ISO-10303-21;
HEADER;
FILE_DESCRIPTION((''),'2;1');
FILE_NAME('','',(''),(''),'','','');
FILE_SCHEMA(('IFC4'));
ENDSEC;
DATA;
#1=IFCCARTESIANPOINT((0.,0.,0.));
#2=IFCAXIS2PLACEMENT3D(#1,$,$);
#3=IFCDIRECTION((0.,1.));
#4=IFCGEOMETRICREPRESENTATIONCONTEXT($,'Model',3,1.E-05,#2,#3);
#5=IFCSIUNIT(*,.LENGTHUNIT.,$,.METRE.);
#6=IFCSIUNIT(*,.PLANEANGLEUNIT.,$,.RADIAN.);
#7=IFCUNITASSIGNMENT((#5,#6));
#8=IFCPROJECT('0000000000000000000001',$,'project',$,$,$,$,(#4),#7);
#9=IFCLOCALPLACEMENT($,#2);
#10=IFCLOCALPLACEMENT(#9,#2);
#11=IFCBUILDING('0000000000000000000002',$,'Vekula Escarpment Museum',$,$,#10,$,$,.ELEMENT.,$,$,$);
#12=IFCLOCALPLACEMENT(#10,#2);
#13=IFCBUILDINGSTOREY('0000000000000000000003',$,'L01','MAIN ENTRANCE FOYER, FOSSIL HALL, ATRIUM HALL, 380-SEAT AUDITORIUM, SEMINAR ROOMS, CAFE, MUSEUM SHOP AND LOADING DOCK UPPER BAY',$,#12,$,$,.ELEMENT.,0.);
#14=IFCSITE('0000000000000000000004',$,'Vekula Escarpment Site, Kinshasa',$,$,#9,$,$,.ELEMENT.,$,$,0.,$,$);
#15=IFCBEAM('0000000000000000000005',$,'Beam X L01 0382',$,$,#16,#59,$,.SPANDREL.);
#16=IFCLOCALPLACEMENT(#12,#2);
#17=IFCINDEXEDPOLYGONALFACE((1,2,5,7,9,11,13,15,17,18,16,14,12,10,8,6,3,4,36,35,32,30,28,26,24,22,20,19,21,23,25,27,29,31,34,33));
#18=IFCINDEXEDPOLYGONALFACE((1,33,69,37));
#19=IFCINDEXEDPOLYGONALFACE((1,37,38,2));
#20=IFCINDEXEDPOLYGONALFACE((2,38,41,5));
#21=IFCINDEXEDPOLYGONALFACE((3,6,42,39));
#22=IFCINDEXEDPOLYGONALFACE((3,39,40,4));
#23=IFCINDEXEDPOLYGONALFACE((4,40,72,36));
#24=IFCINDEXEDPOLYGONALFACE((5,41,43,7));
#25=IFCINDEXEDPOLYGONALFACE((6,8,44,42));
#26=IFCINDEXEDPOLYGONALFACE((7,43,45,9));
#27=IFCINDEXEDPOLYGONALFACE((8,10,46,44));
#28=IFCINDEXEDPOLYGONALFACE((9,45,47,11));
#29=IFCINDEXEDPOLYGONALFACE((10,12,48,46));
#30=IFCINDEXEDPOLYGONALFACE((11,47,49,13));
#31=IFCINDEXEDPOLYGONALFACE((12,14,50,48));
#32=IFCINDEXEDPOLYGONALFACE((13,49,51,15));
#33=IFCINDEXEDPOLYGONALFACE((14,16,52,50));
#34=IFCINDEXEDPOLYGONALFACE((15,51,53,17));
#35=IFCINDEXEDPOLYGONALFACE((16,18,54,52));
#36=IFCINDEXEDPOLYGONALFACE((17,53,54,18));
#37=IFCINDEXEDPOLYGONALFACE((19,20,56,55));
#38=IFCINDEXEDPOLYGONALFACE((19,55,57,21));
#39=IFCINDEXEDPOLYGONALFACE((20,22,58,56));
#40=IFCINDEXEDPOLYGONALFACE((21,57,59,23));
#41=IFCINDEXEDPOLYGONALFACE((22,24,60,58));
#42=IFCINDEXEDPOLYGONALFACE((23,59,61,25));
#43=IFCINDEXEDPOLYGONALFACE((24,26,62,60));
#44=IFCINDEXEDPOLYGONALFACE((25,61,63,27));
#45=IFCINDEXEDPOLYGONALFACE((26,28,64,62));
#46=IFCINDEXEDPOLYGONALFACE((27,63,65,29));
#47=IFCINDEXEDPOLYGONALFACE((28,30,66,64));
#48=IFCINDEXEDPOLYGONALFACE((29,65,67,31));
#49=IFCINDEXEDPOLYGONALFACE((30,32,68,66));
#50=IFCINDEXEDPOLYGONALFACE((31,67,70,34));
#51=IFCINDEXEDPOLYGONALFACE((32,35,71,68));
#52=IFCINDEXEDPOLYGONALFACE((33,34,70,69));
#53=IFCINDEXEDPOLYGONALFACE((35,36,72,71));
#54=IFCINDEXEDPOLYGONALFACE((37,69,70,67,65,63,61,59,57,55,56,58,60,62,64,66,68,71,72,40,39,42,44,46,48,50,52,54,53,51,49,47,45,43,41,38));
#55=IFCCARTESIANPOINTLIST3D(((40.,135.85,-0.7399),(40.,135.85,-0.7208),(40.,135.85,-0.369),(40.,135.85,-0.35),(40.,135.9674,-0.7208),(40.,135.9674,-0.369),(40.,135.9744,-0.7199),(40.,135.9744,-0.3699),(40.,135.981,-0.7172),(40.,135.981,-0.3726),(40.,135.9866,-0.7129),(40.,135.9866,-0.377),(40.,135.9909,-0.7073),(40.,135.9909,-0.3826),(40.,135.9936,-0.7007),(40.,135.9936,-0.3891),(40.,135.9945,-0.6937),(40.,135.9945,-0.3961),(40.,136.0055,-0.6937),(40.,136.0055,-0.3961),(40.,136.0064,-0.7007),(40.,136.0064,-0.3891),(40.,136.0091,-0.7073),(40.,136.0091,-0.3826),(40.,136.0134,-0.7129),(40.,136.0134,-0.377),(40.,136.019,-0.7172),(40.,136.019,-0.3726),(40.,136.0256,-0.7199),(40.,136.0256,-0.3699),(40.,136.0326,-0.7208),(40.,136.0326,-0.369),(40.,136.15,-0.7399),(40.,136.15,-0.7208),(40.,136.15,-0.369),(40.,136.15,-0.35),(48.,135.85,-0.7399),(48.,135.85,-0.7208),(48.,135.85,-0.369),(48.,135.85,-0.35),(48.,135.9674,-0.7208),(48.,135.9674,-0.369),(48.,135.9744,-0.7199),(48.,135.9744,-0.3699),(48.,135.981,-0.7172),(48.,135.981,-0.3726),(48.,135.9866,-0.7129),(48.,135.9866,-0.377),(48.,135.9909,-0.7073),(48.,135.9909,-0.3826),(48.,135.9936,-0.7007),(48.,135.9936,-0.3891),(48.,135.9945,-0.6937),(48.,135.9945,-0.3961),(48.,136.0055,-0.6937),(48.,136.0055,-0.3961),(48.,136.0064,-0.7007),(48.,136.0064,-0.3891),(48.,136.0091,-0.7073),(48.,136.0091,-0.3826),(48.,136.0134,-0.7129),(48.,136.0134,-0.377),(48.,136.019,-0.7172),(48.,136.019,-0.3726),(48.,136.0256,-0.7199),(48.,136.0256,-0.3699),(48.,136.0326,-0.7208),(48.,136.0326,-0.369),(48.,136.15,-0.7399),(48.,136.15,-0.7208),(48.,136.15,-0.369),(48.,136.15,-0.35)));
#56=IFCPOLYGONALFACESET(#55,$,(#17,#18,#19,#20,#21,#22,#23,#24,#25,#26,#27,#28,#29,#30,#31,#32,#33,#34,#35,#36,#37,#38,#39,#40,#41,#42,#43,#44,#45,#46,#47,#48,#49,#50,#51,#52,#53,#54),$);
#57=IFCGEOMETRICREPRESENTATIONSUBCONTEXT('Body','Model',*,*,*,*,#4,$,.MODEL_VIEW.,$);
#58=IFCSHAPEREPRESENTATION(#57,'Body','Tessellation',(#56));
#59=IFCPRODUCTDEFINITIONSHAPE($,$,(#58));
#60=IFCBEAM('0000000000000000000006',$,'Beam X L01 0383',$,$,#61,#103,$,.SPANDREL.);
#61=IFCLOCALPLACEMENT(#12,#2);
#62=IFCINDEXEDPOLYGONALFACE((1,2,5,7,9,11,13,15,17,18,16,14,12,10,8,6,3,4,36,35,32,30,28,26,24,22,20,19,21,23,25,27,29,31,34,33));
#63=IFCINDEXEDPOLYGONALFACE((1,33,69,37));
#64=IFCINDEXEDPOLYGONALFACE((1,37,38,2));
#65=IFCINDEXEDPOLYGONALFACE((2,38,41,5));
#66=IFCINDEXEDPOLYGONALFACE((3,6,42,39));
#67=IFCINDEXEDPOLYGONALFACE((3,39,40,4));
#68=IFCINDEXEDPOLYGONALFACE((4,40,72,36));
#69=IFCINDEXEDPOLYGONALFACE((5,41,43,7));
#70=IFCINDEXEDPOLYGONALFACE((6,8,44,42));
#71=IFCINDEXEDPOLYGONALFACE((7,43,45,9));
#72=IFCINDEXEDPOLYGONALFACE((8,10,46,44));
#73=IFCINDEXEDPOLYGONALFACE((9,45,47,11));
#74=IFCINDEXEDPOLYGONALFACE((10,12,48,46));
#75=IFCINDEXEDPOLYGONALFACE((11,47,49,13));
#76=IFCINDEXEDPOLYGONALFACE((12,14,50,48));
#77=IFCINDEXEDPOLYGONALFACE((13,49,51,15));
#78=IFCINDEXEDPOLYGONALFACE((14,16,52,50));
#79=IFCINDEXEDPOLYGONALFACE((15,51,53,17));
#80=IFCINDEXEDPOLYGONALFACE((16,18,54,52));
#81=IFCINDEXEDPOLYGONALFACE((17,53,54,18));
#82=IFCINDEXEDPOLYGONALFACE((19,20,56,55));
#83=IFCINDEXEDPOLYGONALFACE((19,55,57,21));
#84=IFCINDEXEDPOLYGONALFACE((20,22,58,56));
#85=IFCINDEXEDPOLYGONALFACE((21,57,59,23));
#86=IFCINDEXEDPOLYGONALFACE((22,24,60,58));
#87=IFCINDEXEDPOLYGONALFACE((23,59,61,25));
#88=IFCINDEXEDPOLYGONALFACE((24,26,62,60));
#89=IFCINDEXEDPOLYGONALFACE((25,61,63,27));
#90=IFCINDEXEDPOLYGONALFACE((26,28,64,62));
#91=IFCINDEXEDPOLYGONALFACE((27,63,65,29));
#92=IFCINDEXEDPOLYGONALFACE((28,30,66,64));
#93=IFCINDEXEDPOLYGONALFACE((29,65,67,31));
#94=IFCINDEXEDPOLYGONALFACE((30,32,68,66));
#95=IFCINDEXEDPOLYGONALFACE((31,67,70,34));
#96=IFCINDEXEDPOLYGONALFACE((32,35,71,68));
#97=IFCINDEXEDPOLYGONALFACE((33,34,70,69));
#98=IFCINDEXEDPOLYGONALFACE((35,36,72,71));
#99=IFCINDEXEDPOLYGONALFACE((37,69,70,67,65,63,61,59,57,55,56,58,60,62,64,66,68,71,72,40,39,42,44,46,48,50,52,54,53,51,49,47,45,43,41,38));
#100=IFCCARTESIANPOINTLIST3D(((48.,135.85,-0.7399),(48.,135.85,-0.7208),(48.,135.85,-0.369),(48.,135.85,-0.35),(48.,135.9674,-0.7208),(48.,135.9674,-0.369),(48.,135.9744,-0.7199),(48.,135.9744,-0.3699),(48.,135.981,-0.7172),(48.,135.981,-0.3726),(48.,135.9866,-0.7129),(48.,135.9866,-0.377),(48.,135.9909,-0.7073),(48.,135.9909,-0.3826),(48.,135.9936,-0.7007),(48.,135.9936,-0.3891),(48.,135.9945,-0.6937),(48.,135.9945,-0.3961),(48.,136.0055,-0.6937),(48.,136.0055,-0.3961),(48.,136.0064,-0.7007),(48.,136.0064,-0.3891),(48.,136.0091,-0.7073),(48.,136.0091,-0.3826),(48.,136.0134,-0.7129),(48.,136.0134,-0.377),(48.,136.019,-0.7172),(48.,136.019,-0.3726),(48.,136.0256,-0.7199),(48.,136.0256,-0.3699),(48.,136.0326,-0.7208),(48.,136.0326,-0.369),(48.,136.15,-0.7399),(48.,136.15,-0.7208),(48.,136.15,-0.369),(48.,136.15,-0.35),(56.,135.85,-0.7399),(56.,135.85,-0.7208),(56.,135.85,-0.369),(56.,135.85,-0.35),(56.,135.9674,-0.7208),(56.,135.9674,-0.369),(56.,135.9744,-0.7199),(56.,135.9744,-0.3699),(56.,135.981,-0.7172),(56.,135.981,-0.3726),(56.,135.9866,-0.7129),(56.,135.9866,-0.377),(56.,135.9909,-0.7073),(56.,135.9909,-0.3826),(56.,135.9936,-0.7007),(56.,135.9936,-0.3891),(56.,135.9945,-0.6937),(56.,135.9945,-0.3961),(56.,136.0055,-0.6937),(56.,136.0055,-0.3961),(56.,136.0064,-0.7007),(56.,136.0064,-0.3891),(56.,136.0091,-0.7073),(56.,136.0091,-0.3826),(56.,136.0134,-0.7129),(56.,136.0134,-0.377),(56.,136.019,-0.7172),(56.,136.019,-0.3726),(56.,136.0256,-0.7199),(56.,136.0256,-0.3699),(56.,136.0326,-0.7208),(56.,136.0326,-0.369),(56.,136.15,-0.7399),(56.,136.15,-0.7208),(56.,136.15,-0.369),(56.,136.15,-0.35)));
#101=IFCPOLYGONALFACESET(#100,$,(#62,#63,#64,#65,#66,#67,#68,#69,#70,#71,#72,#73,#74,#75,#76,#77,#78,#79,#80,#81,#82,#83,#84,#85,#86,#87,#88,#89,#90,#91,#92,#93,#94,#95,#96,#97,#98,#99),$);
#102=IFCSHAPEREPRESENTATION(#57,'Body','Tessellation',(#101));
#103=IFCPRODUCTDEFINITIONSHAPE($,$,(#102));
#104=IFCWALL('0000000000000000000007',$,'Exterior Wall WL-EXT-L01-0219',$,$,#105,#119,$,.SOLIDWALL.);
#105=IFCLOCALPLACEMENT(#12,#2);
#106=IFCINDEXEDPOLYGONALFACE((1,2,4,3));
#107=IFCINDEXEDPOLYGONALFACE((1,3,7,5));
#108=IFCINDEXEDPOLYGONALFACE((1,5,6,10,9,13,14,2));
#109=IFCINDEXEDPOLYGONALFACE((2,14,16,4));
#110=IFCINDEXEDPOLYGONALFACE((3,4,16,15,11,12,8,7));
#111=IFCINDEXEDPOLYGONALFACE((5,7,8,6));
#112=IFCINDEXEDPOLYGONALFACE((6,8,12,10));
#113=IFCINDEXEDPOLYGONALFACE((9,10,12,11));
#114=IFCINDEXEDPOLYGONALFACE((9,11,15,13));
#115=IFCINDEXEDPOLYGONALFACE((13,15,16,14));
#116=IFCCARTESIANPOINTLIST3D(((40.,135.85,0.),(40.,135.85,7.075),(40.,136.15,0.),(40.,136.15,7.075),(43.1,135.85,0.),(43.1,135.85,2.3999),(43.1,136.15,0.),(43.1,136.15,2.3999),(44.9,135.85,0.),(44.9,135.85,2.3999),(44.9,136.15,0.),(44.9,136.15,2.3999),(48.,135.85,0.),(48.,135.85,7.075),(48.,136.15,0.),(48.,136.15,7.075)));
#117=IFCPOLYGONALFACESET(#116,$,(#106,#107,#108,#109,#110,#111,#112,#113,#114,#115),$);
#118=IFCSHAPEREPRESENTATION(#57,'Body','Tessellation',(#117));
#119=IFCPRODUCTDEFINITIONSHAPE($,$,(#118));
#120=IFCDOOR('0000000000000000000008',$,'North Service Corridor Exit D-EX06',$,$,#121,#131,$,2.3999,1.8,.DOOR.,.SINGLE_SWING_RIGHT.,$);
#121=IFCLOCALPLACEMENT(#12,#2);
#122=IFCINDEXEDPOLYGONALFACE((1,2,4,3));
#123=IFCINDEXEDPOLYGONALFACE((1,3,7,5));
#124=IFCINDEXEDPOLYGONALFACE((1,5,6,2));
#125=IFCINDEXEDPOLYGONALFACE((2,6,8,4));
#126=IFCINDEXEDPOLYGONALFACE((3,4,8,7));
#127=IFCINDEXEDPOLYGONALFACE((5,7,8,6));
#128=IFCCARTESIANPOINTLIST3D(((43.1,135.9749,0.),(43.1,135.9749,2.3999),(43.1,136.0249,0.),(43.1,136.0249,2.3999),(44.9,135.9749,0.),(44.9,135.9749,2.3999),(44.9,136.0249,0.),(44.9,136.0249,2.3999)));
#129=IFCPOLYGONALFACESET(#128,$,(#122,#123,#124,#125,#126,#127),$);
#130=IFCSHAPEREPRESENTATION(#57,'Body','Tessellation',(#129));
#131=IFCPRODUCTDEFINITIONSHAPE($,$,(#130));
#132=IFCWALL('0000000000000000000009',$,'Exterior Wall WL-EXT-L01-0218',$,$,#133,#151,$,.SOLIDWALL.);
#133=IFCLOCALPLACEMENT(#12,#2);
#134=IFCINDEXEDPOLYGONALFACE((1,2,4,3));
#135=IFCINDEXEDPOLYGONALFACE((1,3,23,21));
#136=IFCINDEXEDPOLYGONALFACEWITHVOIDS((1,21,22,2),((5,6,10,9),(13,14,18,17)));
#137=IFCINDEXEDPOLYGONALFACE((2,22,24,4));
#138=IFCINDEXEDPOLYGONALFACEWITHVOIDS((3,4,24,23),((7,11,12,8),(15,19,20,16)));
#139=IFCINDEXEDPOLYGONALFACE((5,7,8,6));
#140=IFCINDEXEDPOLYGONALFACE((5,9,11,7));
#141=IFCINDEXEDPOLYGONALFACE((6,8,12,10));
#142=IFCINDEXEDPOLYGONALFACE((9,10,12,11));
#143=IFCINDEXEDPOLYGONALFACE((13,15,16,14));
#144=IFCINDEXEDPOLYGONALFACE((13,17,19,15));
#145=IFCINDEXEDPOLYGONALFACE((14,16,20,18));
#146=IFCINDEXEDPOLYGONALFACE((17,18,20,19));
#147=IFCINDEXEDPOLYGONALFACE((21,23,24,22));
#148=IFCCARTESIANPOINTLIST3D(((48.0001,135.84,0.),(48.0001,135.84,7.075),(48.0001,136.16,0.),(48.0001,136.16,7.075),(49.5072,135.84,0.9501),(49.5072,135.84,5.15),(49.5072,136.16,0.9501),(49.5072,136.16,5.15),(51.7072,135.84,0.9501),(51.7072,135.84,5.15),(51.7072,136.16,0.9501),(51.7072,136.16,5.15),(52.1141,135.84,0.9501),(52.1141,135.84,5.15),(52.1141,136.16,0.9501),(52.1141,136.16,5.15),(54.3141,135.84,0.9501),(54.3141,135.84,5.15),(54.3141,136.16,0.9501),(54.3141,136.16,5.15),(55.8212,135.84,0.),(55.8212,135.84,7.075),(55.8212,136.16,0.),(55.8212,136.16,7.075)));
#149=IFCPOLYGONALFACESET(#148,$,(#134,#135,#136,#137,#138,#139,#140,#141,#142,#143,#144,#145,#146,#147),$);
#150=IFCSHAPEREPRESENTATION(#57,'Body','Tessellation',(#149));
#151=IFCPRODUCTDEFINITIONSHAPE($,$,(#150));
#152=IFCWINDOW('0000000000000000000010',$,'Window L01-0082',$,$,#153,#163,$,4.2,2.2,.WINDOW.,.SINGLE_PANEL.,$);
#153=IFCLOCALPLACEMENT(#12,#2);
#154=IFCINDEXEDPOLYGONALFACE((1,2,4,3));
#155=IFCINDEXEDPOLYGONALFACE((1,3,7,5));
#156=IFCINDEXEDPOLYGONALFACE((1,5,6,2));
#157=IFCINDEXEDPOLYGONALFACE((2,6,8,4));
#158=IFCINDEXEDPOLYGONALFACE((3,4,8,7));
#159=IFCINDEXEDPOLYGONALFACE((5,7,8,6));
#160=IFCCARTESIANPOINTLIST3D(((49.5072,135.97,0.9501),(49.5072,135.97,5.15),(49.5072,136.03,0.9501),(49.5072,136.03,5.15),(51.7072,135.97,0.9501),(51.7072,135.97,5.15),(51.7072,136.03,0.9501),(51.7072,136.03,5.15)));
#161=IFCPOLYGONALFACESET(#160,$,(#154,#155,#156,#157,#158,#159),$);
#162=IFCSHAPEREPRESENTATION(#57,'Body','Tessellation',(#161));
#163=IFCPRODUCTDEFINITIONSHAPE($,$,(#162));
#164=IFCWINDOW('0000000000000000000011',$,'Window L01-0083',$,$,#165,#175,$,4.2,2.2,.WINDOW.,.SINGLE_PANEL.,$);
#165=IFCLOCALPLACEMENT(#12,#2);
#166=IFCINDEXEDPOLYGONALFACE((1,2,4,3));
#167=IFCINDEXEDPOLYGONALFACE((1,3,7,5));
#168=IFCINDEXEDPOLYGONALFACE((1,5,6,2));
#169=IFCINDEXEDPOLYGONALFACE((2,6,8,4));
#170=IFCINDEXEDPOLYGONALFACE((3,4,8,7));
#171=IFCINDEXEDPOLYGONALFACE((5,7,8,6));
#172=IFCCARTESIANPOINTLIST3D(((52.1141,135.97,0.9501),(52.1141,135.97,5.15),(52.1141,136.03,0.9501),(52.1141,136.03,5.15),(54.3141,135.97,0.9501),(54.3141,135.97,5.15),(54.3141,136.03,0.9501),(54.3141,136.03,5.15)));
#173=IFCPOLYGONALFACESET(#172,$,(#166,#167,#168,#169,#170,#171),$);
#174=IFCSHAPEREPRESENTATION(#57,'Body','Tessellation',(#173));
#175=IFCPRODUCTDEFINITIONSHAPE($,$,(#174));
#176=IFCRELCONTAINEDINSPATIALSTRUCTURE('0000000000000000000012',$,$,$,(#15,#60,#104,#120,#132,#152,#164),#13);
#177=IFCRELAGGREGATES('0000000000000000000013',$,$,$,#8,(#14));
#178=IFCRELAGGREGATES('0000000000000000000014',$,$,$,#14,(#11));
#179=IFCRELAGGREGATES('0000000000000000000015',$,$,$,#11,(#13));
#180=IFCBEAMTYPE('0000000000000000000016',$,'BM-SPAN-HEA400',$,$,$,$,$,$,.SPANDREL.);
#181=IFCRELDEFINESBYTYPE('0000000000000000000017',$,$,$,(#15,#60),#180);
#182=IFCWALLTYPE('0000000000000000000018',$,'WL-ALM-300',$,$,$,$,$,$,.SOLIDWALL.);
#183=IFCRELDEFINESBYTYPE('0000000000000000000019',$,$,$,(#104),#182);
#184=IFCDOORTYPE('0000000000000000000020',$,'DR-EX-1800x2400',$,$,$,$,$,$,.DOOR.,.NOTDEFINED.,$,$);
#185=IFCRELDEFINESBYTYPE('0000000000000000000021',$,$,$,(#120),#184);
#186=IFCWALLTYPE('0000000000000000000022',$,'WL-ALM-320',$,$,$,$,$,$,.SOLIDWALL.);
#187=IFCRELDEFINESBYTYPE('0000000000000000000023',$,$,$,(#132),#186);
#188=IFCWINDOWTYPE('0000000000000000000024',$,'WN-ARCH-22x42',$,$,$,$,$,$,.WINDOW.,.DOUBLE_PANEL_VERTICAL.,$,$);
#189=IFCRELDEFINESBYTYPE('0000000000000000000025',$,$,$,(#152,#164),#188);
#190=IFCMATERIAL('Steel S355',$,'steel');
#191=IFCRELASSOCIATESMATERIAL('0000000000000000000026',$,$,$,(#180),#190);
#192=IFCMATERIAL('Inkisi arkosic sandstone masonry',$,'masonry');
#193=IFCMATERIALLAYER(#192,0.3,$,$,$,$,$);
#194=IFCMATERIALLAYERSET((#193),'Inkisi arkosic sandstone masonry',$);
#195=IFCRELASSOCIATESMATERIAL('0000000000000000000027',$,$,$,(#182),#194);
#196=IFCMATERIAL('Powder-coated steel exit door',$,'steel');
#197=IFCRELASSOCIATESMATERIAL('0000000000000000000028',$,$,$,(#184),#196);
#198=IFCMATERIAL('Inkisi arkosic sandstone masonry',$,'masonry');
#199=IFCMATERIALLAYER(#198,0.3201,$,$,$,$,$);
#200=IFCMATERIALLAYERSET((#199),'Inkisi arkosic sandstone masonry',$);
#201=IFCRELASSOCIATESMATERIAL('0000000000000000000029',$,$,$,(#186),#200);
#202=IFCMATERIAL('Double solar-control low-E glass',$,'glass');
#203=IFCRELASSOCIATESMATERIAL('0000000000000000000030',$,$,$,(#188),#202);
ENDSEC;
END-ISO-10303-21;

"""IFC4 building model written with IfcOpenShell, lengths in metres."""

from ifc_helpers import new_model, si_unit, direction, frame, frame_2d, origin, origin_2d, place, context, subcontext, project, spatial, rectangle, i_section, extrude, material, layer, layer_set, material_profile, profile_set, type_object, element, fill, save


model = new_model("IFC4")

# Units and contexts
model_context = context("Model", 3, precision=1e-05, world=origin(), true_north=direction((0.0, 1.0)))
body_context = subcontext(model_context, "Body", "Model", "MODEL_VIEW")
ifc_project = project(units=[si_unit("LENGTHUNIT", "METRE"), si_unit("PLANEANGLEUNIT", "RADIAN")], contexts=[model_context])

# Site, building, storey
site_placement = place(None, origin())
site = spatial("IfcSite", under=ifc_project, at=site_placement, Name="Vekula Escarpment Site, Kinshasa", CompositionType="ELEMENT", RefElevation=0.0)
building_placement = place(site_placement, origin())
building = spatial("IfcBuilding", under=site, at=building_placement, Name="Vekula Escarpment Museum", CompositionType="ELEMENT")
storey_placement = place(building_placement, origin())
storey = spatial("IfcBuildingStorey", under=building, at=storey_placement, Name="L01", Description="MAIN ENTRANCE FOYER, FOSSIL HALL, ATRIUM HALL, 380-SEAT AUDITORIUM, SEMINAR ROOMS, CAFE, MUSEUM SHOP AND LOADING DOCK UPPER BAY", CompositionType="ELEMENT", Elevation=0.0)

# Beams
ifc_material_1 = material(Name="Steel S355", Category="steel")
ifc_material_profile_1 = material_profile(ifc_material_1, i_section(OverallWidth=0.3, OverallDepth=0.3899, WebThickness=0.011, FlangeThickness=0.019, FilletRadius=0.0271, at=origin_2d()), Name="HEA 400")
ifc_profile_set_1 = profile_set([ifc_material_profile_1], Name="Steel S355")
beam_type_1 = type_object("IfcBeamType", Name="BM-SPAN-HEA400", PredefinedType="SPANDREL", material=ifc_profile_set_1)
for number, where, z_axis, x_axis, name in (
    (1, (40.0, 136.0, -0.5449), (1.0, 0.0, 0.0), (0.0, 1.0, 0.0), "Beam X L01 0382"),
    (2, (48.0, 136.0, -0.5449), (1.0, 0.0, 0.0), (0.0, 1.0, 0.0), "Beam X L01 0383"),
):
    element("IfcBeam", number, at=place(storey_placement, frame(where, z_axis=z_axis, x_axis=x_axis)), inside=storey, type_object=beam_type_1, Name=name, PredefinedType="SPANDREL", context=body_context, shape_type="SweptSolid", body=[
        extrude(i_section(OverallWidth=0.3, OverallDepth=0.3899, WebThickness=0.011, FlangeThickness=0.019, FilletRadius=0.0271, at=origin_2d()), origin(), (0.0, 0.0, 1.0), 8.0),
    ])

# Wall, opening, door
ifc_material_2 = material(Name="Inkisi arkosic sandstone masonry", Category="masonry")
ifc_layer_1 = layer(ifc_material_2, 0.3)
ifc_layer_set_1 = layer_set([ifc_layer_1], Name="Inkisi arkosic sandstone masonry")
wall_type_1 = type_object("IfcWallType", Name="WL-ALM-300", PredefinedType="SOLIDWALL", material=ifc_layer_set_1)
wall_1_placement = place(storey_placement, frame((40.0, 136.0, 0.0), z_axis=(0.0, 0.0, 1.0), x_axis=(1.0, 0.0, 0.0)))
wall_1 = element("IfcWall", 3, at=wall_1_placement, inside=storey, type_object=wall_type_1, Name="Exterior Wall WL-EXT-L01-0219", PredefinedType="SOLIDWALL", context=body_context, shape_type="SweptSolid", body=[
    extrude(rectangle(XDim=8.0, YDim=0.3, at=frame_2d((4.0, 0.0))), origin(), (0.0, 0.0, 1.0), 7.075),
])
opening_1_placement = place(wall_1_placement, frame((3.1001, 0.0, 0.0)))
opening_1 = element("IfcOpeningElement", 4, at=opening_1_placement, cuts=wall_1, PredefinedType="OPENING", context=body_context, shape_type="SweptSolid", body=[
    extrude(rectangle(XDim=1.8, YDim=2.3999, at=frame_2d((0.8999, 1.2))), frame((0.0, 0.1599, 0.0), z_axis=(0.0, -1.0, 0.0), x_axis=(1.0, 0.0, 0.0)), (0.0, 0.0, 1.0), 0.3201),
])
ifc_material_3 = material(Name="Powder-coated steel exit door", Category="steel")
door_type = type_object("IfcDoorType", Name="DR-EX-1800x2400", OperationType="NOTDEFINED", PredefinedType="DOOR", material=ifc_material_3)
door_placement = place(opening_1_placement, origin())
door = element("IfcDoor", 5, at=door_placement, inside=storey, type_object=door_type, Name="North Service Corridor Exit D-EX06", OperationType="SINGLE_SWING_RIGHT", OverallHeight=2.3999, OverallWidth=1.8, PredefinedType="DOOR", context=body_context, shape_type="SweptSolid", body=[
    extrude(rectangle(XDim=1.8, YDim=2.3999, at=frame_2d((0.8999, 1.2))), frame((0.0, 0.0249, 0.0), z_axis=(0.0, -1.0, 0.0), x_axis=(1.0, 0.0, 0.0)), (0.0, 0.0, 1.0), 0.05),
])
fill(opening_1, door)

# Wall, openings, windows
ifc_material_4 = material(Name="Inkisi arkosic sandstone masonry", Category="masonry")
ifc_layer_2 = layer(ifc_material_4, 0.3201)
ifc_layer_set_2 = layer_set([ifc_layer_2], Name="Inkisi arkosic sandstone masonry")
wall_type_2 = type_object("IfcWallType", Name="WL-ALM-320", PredefinedType="SOLIDWALL", material=ifc_layer_set_2)
wall_2_placement = place(storey_placement, frame((48.0, 136.0, 0.0), z_axis=(0.0, 0.0, 1.0), x_axis=(1.0, 0.0, 0.0)))
wall_2 = element("IfcWall", 6, at=wall_2_placement, inside=storey, type_object=wall_type_2, Name="Exterior Wall WL-EXT-L01-0218", PredefinedType="SOLIDWALL", context=body_context, shape_type="SweptSolid", body=[
    extrude(rectangle(XDim=7.821, YDim=0.3201, at=frame_2d((3.9106, 0.0))), origin(), (0.0, 0.0, 1.0), 7.075),
])
opening_2_placement = place(wall_2_placement, frame((1.5071, 0.0, 0.95)))
opening_2 = element("IfcOpeningElement", 7, at=opening_2_placement, cuts=wall_2, PredefinedType="OPENING", context=body_context, shape_type="SweptSolid", body=[
    extrude(rectangle(XDim=2.2, YDim=4.2, at=frame_2d((1.1001, 2.1001))), frame((0.0, 0.1699, 0.0), z_axis=(0.0, -1.0, 0.0), x_axis=(1.0, 0.0, 0.0)), (0.0, 0.0, 1.0), 0.3401),
])
opening_3_placement = place(wall_2_placement, frame((4.114, 0.0, 0.95)))
opening_3 = element("IfcOpeningElement", 8, at=opening_3_placement, cuts=wall_2, PredefinedType="OPENING", context=body_context, shape_type="SweptSolid", body=[
    extrude(rectangle(XDim=2.2, YDim=4.2, at=frame_2d((1.1001, 2.1001))), frame((0.0, 0.1699, 0.0), z_axis=(0.0, -1.0, 0.0), x_axis=(1.0, 0.0, 0.0)), (0.0, 0.0, 1.0), 0.3401),
])
ifc_material_5 = material(Name="Double solar-control low-E glass", Category="glass")
window_type = type_object("IfcWindowType", Name="WN-ARCH-22x42", PartitioningType="DOUBLE_PANEL_VERTICAL", PredefinedType="WINDOW", material=ifc_material_5)
window_1_placement = place(opening_2_placement, origin())
window_1 = element("IfcWindow", 9, at=window_1_placement, inside=storey, type_object=window_type, Name="Window L01-0082", OverallHeight=4.2, OverallWidth=2.2, PartitioningType="SINGLE_PANEL", PredefinedType="WINDOW", context=body_context, shape_type="SweptSolid", body=[
    extrude(rectangle(XDim=2.2, YDim=4.2, at=frame_2d((1.1001, 2.1001))), frame((0.0, 0.03, 0.0), z_axis=(0.0, -1.0, 0.0), x_axis=(1.0, 0.0, 0.0)), (0.0, 0.0, 1.0), 0.0601),
])
fill(opening_2, window_1)
window_2_placement = place(opening_3_placement, origin())
window_2 = element("IfcWindow", 10, at=window_2_placement, inside=storey, type_object=window_type, Name="Window L01-0083", OverallHeight=4.2, OverallWidth=2.2, PartitioningType="SINGLE_PANEL", PredefinedType="WINDOW", context=body_context, shape_type="SweptSolid", body=[
    extrude(rectangle(XDim=2.2, YDim=4.2, at=frame_2d((1.1001, 2.1001))), frame((0.0, 0.03, 0.0), z_axis=(0.0, -1.0, 0.0), x_axis=(1.0, 0.0, 0.0)), (0.0, 0.0, 1.0), 0.0601),
])
fill(opening_3, window_2)

save(model, "model.ifc")
